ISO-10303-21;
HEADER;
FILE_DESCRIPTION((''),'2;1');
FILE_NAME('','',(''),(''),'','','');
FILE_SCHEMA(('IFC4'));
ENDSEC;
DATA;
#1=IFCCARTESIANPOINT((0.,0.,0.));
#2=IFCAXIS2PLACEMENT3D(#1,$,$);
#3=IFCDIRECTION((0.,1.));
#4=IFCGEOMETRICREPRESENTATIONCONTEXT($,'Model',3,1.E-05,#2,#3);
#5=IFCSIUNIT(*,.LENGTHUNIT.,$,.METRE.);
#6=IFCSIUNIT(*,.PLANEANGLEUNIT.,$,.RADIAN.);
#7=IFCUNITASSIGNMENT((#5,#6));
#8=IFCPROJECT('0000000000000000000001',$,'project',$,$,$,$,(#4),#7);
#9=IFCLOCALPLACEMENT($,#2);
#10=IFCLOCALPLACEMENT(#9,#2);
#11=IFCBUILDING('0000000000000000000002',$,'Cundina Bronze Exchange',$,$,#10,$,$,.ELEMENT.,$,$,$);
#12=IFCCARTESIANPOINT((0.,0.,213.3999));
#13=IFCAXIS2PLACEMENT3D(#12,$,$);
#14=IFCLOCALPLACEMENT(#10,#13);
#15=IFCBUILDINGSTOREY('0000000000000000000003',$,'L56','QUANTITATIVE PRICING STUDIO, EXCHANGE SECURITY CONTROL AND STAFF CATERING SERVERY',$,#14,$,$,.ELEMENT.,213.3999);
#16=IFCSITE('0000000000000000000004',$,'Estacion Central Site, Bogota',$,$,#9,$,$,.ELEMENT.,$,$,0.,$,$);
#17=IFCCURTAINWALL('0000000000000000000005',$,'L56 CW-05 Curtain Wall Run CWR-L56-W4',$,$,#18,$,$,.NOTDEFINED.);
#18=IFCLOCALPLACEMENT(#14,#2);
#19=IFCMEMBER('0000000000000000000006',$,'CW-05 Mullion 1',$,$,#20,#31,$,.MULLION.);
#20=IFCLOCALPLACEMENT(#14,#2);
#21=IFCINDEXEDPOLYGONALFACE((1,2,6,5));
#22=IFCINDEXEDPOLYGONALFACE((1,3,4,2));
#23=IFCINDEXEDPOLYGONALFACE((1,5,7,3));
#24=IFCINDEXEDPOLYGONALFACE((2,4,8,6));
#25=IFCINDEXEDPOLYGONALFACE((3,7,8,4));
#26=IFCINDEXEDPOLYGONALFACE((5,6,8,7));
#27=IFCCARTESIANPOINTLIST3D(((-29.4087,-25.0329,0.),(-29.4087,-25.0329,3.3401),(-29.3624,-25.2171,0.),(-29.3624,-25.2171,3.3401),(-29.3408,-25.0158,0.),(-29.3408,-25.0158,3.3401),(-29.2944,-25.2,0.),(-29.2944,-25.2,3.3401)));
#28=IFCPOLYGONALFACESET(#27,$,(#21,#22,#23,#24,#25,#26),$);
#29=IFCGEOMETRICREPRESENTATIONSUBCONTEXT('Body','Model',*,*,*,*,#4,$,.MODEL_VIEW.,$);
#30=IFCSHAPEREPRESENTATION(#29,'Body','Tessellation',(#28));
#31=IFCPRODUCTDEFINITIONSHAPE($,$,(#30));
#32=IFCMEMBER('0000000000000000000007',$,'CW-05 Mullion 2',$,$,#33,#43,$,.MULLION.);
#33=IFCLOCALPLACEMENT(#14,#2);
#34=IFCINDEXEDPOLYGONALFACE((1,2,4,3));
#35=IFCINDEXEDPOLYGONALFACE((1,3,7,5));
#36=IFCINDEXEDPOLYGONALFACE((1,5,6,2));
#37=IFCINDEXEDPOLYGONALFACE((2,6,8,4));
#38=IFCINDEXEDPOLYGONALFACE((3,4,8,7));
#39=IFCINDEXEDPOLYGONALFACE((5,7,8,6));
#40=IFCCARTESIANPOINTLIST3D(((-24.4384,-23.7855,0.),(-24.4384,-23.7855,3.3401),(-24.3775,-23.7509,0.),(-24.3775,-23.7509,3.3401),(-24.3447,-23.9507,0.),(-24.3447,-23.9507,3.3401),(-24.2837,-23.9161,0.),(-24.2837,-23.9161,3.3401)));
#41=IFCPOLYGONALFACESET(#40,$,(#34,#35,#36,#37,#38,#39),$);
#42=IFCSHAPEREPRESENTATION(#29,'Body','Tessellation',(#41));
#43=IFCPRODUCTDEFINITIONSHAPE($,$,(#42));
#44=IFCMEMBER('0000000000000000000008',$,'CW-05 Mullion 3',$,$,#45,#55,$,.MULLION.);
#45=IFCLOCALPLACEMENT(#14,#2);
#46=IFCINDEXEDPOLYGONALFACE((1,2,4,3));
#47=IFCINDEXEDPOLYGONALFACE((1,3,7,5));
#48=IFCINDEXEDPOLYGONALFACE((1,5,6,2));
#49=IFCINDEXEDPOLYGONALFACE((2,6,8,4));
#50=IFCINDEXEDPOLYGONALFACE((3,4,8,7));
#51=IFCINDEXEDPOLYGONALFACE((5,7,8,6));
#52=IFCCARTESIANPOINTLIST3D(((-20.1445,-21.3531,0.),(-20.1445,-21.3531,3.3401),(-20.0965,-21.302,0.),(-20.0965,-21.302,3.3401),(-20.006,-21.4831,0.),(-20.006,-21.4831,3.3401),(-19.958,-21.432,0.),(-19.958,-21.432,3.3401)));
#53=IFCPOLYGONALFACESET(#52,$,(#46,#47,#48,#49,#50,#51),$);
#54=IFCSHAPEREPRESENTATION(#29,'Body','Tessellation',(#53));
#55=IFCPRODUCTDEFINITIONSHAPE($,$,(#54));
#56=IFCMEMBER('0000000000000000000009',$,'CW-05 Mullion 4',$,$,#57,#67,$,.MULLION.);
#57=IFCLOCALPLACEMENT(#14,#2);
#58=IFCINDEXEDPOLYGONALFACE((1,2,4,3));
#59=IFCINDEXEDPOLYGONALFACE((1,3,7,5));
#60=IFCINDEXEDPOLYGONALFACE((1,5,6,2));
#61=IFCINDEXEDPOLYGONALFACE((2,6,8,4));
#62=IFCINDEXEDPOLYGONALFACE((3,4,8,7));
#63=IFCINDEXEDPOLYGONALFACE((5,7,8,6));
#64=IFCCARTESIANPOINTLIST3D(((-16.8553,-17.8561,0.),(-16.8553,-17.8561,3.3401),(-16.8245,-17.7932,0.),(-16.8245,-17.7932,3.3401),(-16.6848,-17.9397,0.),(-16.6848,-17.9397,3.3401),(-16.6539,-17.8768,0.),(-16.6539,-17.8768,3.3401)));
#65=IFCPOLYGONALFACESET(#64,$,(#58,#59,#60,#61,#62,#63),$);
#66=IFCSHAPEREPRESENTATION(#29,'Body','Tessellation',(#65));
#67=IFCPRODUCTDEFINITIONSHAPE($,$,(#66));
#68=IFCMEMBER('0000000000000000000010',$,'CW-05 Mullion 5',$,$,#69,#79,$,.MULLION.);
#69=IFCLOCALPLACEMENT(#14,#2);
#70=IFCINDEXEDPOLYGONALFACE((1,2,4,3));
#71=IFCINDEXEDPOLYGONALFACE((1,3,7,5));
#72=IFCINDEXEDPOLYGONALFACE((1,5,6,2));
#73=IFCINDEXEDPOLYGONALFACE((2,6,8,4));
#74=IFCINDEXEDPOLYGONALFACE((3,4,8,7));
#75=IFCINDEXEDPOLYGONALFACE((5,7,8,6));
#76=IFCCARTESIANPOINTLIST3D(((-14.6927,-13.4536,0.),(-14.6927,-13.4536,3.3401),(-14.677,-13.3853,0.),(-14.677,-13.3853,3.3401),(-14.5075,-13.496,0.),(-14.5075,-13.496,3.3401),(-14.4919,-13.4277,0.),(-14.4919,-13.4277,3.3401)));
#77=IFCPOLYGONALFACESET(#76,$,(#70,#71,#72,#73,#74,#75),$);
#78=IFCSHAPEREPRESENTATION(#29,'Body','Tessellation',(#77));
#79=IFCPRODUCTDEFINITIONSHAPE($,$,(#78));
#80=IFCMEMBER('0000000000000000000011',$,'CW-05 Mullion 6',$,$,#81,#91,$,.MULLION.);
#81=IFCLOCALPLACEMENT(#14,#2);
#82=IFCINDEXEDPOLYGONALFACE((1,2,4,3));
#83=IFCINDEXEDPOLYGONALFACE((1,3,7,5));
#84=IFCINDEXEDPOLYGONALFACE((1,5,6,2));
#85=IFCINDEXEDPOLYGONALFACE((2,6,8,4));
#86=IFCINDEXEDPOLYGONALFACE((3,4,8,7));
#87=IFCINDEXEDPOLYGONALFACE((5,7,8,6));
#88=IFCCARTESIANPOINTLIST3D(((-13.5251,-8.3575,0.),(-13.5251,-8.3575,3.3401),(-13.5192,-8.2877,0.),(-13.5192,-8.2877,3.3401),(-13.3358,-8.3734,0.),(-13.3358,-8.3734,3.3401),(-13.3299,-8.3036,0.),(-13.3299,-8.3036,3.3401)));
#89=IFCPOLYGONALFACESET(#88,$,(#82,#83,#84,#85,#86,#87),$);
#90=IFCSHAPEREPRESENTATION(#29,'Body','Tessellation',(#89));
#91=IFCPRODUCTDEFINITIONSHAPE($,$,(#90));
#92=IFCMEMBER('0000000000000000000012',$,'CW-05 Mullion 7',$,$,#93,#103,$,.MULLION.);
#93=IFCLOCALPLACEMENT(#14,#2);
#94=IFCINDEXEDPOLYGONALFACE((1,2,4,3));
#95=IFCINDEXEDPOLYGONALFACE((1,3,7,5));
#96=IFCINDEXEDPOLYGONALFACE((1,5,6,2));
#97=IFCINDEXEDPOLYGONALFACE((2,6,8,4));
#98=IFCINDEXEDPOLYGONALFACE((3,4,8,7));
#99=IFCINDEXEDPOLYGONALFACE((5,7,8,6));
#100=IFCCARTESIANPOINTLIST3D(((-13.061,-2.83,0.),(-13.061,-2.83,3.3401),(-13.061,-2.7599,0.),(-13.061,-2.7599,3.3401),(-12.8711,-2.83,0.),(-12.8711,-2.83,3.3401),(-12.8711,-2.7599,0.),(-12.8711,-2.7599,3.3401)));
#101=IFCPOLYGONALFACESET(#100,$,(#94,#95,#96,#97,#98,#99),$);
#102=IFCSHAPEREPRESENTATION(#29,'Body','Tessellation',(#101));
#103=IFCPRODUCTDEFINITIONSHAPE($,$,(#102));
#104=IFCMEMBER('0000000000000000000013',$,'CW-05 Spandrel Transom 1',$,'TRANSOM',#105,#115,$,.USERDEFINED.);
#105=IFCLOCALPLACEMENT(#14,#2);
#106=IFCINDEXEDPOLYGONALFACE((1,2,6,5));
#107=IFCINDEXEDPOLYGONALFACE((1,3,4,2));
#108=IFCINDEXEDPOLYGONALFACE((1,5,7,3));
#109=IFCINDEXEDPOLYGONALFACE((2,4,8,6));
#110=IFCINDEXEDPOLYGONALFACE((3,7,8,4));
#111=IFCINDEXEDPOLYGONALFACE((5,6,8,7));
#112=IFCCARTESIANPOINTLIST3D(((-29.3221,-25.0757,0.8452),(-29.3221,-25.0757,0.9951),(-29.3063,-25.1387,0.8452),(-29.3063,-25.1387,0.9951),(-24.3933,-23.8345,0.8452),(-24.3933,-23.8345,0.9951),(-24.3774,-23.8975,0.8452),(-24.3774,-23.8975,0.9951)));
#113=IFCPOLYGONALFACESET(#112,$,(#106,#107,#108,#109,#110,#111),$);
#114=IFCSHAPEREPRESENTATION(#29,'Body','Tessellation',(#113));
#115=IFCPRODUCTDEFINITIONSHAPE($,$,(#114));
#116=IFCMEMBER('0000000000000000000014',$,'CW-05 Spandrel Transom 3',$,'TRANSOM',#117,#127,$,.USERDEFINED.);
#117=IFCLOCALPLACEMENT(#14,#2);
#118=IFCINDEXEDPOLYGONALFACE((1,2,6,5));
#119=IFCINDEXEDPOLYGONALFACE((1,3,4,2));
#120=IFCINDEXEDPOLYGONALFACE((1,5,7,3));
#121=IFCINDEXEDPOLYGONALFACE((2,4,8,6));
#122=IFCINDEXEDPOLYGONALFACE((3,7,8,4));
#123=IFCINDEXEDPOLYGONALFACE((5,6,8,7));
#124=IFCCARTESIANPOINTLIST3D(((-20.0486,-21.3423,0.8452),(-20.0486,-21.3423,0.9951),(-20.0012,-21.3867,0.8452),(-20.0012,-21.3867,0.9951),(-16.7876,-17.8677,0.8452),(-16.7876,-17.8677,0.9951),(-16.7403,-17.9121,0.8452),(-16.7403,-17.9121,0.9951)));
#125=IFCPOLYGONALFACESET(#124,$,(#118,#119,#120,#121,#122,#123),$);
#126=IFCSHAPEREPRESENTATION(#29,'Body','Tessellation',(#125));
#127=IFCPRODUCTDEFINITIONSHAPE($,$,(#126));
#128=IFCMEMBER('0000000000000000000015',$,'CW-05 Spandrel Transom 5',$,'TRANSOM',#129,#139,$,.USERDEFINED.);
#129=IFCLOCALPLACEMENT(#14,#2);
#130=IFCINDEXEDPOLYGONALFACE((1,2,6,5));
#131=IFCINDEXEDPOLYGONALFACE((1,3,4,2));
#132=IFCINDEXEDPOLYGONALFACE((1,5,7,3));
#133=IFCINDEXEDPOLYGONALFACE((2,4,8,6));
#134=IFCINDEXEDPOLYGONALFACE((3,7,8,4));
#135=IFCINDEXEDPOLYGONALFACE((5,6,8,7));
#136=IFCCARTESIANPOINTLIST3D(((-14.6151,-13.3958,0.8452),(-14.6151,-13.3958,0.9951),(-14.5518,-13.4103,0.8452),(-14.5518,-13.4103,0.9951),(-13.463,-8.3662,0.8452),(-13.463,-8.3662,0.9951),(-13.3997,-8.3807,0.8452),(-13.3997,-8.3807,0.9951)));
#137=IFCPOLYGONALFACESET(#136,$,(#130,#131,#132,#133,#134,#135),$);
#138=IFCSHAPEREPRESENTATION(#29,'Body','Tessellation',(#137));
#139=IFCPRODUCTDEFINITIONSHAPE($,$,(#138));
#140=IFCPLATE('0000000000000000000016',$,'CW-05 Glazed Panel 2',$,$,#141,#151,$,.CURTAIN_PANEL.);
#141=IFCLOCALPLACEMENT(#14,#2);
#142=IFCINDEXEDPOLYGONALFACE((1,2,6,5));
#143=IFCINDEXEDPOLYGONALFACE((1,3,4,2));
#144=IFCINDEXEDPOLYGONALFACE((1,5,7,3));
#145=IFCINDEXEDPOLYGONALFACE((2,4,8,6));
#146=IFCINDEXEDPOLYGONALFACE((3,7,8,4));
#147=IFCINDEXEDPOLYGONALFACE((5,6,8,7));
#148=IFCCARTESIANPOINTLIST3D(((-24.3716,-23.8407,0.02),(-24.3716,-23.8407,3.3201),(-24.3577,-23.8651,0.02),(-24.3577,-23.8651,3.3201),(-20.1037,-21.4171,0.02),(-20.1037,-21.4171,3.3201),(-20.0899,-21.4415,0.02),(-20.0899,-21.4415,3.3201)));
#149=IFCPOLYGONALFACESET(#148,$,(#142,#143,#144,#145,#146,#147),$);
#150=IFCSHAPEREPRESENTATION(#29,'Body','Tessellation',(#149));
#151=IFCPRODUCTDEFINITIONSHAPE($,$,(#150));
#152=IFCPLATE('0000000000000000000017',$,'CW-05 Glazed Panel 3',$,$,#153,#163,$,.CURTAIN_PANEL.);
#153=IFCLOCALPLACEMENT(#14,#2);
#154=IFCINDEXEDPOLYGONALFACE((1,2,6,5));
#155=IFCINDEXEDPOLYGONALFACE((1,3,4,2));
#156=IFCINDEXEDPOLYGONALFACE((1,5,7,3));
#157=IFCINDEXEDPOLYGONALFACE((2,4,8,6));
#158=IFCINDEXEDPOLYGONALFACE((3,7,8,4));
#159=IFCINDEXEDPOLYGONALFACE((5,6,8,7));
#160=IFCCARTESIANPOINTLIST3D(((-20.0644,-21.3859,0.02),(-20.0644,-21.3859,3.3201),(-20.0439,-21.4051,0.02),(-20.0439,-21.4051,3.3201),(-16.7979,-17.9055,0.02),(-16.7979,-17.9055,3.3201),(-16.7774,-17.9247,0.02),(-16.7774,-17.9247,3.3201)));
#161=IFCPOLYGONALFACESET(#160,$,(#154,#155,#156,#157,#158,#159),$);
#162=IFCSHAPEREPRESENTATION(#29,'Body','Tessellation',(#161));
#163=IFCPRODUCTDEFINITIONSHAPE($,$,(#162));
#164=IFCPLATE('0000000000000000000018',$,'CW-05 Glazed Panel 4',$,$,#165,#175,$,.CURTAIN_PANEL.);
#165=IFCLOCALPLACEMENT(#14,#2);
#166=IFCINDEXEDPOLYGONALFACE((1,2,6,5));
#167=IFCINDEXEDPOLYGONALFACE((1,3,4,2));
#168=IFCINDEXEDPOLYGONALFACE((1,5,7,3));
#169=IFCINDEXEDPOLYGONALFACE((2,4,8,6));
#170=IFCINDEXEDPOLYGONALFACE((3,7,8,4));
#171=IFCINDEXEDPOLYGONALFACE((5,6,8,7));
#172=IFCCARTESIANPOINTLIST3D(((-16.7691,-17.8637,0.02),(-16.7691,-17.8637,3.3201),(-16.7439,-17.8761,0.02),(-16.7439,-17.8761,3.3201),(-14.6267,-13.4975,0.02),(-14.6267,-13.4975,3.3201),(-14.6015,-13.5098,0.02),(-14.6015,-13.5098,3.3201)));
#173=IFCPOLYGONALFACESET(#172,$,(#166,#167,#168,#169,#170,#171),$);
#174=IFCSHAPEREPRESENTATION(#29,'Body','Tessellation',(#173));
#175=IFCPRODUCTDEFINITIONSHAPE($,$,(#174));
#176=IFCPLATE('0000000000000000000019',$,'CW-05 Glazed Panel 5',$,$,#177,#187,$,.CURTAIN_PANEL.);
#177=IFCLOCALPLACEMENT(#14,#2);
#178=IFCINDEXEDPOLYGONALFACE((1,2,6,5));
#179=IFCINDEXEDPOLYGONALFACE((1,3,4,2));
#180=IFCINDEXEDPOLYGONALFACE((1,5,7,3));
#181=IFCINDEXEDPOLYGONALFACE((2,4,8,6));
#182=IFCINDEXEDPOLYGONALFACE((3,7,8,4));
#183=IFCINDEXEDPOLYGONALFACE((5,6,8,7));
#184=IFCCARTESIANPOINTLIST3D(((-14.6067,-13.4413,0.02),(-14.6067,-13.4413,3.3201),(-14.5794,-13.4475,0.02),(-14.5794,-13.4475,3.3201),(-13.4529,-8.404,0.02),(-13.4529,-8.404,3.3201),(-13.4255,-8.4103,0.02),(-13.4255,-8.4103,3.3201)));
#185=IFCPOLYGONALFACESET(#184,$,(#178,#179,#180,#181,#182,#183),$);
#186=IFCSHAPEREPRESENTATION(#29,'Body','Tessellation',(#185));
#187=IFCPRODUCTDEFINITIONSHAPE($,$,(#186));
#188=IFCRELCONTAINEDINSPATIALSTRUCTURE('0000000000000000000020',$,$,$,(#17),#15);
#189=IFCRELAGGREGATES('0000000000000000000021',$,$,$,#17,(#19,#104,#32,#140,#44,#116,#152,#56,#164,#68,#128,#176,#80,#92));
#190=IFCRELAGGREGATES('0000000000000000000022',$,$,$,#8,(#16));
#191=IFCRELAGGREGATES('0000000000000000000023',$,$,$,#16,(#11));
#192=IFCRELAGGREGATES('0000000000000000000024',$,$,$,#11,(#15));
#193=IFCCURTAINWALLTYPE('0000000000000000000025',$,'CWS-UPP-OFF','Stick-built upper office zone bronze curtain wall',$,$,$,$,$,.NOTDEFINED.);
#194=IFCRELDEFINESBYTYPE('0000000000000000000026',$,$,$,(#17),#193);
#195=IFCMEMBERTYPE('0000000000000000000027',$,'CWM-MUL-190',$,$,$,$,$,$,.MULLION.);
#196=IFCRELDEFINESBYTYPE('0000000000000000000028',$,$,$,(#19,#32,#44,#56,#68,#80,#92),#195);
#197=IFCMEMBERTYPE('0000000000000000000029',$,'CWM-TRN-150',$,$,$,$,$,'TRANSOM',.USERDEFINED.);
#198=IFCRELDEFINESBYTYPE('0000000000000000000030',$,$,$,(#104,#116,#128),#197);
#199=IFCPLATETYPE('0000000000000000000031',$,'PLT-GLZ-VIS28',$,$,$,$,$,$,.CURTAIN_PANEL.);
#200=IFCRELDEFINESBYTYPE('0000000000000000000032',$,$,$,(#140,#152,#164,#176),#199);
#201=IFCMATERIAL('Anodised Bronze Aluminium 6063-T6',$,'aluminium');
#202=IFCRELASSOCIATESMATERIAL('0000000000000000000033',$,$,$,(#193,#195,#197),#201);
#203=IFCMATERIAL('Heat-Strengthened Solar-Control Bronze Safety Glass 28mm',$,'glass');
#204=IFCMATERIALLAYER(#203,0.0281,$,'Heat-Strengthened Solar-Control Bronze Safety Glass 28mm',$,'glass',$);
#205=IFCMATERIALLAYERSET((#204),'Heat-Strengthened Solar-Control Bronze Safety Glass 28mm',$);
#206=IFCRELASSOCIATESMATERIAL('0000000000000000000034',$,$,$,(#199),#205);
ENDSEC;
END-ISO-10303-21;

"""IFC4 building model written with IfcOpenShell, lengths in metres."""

from ifc_helpers import new_model, si_unit, direction, frame, origin, origin_2d, place, context, subcontext, project, spatial, rectangle, extrude, material, layer, layer_set, material_profile, profile_set, type_object, element, aggregate, save


model = new_model("IFC4")

# Units and contexts
model_context = context("Model", 3, precision=1e-05, world=origin(), true_north=direction((0.0, 1.0)))
body_context = subcontext(model_context, "Body", "Model", "MODEL_VIEW")
ifc_project = project(units=[si_unit("LENGTHUNIT", "METRE"), si_unit("PLANEANGLEUNIT", "RADIAN")], contexts=[model_context])

# Site, building, storey
site_placement = place(None, origin())
site = spatial("IfcSite", under=ifc_project, at=site_placement, Name="Estacion Central Site, Bogota", CompositionType="ELEMENT", RefElevation=0.0)
building_placement = place(site_placement, origin())
building = spatial("IfcBuilding", under=site, at=building_placement, Name="Cundina Bronze Exchange", CompositionType="ELEMENT")
storey_placement = place(building_placement, frame((0.0, 0.0, 213.3999)))
storey = spatial("IfcBuildingStorey", under=building, at=storey_placement, Name="L56", Description="QUANTITATIVE PRICING STUDIO, EXCHANGE SECURITY CONTROL AND STAFF CATERING SERVERY", CompositionType="ELEMENT", Elevation=213.3999)

# Shared definitions
ifc_material_1 = material(Name="Anodised Bronze Aluminium 6063-T6", Category="aluminium")
curtain_wall_type = type_object("IfcCurtainWallType", Name="CWS-UPP-OFF", Description="Stick-built upper office zone bronze curtain wall", PredefinedType="NOTDEFINED", material=ifc_material_1)
ifc_material_profile_1 = material_profile(ifc_material_1, rectangle(XDim=0.0701, YDim=0.1899, at=origin_2d()), Name="AL70X190", Category="aluminium")
ifc_profile_set_1 = profile_set([ifc_material_profile_1], Name="Anodised Bronze Aluminium 6063-T6")
member_type_1 = type_object("IfcMemberType", Name="CWM-MUL-190", PredefinedType="MULLION", material=ifc_profile_set_1)

# Curtain wall, members, plates
curtain_wall_1_placement = place(storey_placement, origin())
curtain_wall_1 = element("IfcCurtainWall", 1, at=curtain_wall_1_placement, inside=storey, type_object=curtain_wall_type, Name="L56 CW-05 Curtain Wall Run CWR-L56-W4", PredefinedType="NOTDEFINED")
member_1_placement = place(storey_placement, frame((-29.3516, -25.1165, 0.0), z_axis=(0.0, 0.0, 1.0), x_axis=(0.969744, 0.244123, 0.0)))
member_1 = element("IfcMember", 2, at=member_1_placement, type_object=member_type_1, Name="CW-05 Mullion 1", PredefinedType="MULLION", context=body_context, shape_type="SweptSolid", body=[
    extrude(rectangle(XDim=0.0701, YDim=0.1899, at=origin_2d()), origin(), (0.0, 0.0, 1.0), 3.3401),
])
member_2_placement = place(storey_placement, frame((-24.3611, -23.8508, 0.0), z_axis=(0.0, 0.0, 1.0), x_axis=(0.869581, 0.49379, 0.0)))
member_2 = element("IfcMember", 3, at=member_2_placement, type_object=member_type_1, Name="CW-05 Mullion 2", PredefinedType="MULLION", context=body_context, shape_type="SweptSolid", body=[
    extrude(rectangle(XDim=0.0701, YDim=0.1899, at=origin_2d()), origin(), (0.0, 0.0, 1.0), 3.3401),
])
member_3_placement = place(storey_placement, frame((-20.0513, -21.3926, 0.0), z_axis=(0.0, 0.0, 1.0), x_axis=(0.684293, 0.729208, 0.0)))
member_3 = element("IfcMember", 4, at=member_3_placement, type_object=member_type_1, Name="CW-05 Mullion 3", PredefinedType="MULLION", context=body_context, shape_type="SweptSolid", body=[
    extrude(rectangle(XDim=0.0701, YDim=0.1899, at=origin_2d()), origin(), (0.0, 0.0, 1.0), 3.3401),
])
member_4_placement = place(storey_placement, frame((-16.7546, -17.8665, 0.0), z_axis=(0.0, 0.0, 1.0), x_axis=(0.440566, 0.89772, 0.0)))
member_4 = element("IfcMember", 5, at=member_4_placement, type_object=member_type_1, Name="CW-05 Mullion 4", PredefinedType="MULLION", context=body_context, shape_type="SweptSolid", body=[
    extrude(rectangle(XDim=0.0701, YDim=0.1899, at=origin_2d()), origin(), (0.0, 0.0, 1.0), 3.3401),
])
member_5_placement = place(storey_placement, frame((-14.5923, -13.4407, 0.0), z_axis=(0.0, 0.0, 1.0), x_axis=(0.22325, 0.974761, 0.0)))
member_5 = element("IfcMember", 6, at=member_5_placement, type_object=member_type_1, Name="CW-05 Mullion 5", PredefinedType="MULLION", context=body_context, shape_type="SweptSolid", body=[
    extrude(rectangle(XDim=0.0701, YDim=0.1899, at=origin_2d()), origin(), (0.0, 0.0, 1.0), 3.3401),
])
member_6_placement = place(storey_placement, frame((-13.4275, -8.3306, 0.0), z_axis=(0.0, 0.0, 1.0), x_axis=(0.083678, 0.996493, 0.0)))
member_6 = element("IfcMember", 7, at=member_6_placement, type_object=member_type_1, Name="CW-05 Mullion 6", PredefinedType="MULLION", context=body_context, shape_type="SweptSolid", body=[
    extrude(rectangle(XDim=0.0701, YDim=0.1899, at=origin_2d()), origin(), (0.0, 0.0, 1.0), 3.3401),
])
member_7_placement = place(storey_placement, frame((-12.9661, -2.7949, 0.0), z_axis=(0.0, 0.0, 1.0), x_axis=(0.0, 1.0, 0.0)))
member_7 = element("IfcMember", 8, at=member_7_placement, type_object=member_type_1, Name="CW-05 Mullion 7", PredefinedType="MULLION", context=body_context, shape_type="SweptSolid", body=[
    extrude(rectangle(XDim=0.0701, YDim=0.1899, at=origin_2d()), origin(), (0.0, 0.0, 1.0), 3.3401),
])
ifc_material_profile_2 = material_profile(ifc_material_1, rectangle(XDim=0.0649, YDim=0.1499, at=origin_2d()), Name="AL65X150", Category="aluminium")
ifc_profile_set_2 = profile_set([ifc_material_profile_2], Name="Anodised Bronze Aluminium 6063-T6")
member_type_2 = type_object("IfcMemberType", Name="CWM-TRN-150", ElementType="TRANSOM", PredefinedType="USERDEFINED", material=ifc_profile_set_2)
member_8_placement = place(storey_placement, frame((-29.3142, -25.1072, 0.9202), z_axis=(0.969726, 0.244197, 0.0), x_axis=(-0.244197, 0.969726, 0.0)))
member_8 = element("IfcMember", 9, at=member_8_placement, type_object=member_type_2, Name="CW-05 Spandrel Transom 1", ObjectType="TRANSOM", PredefinedType="USERDEFINED", context=body_context, shape_type="SweptSolid", body=[
    extrude(rectangle(XDim=0.0649, YDim=0.1499, at=origin_2d()), origin(), (0.0, 0.0, 1.0), 5.0828),
])
member_9_placement = place(storey_placement, frame((-20.0249, -21.3645, 0.9202), z_axis=(0.684336, 0.729166, 0.0), x_axis=(-0.729166, 0.684336, 0.0)))
member_9 = element("IfcMember", 10, at=member_9_placement, type_object=member_type_2, Name="CW-05 Spandrel Transom 3", ObjectType="TRANSOM", PredefinedType="USERDEFINED", context=body_context, shape_type="SweptSolid", body=[
    extrude(rectangle(XDim=0.0649, YDim=0.1499, at=origin_2d()), origin(), (0.0, 0.0, 1.0), 4.7651),
])
member_10_placement = place(storey_placement, frame((-14.5835, -13.4031, 0.9202), z_axis=(0.223283, 0.974754, 0.0), x_axis=(-0.974754, 0.223283, 0.0)))
member_10 = element("IfcMember", 11, at=member_10_placement, type_object=member_type_2, Name="CW-05 Spandrel Transom 5", ObjectType="TRANSOM", PredefinedType="USERDEFINED", context=body_context, shape_type="SweptSolid", body=[
    extrude(rectangle(XDim=0.0649, YDim=0.1499, at=origin_2d()), origin(), (0.0, 0.0, 1.0), 5.1599),
])
ifc_material_2 = material(Name="Heat-Strengthened Solar-Control Bronze Safety Glass 28mm", Category="glass")
ifc_layer_1 = layer(ifc_material_2, 0.0281, Name="Heat-Strengthened Solar-Control Bronze Safety Glass 28mm", Category="glass")
ifc_layer_set_1 = layer_set([ifc_layer_1], Name="Heat-Strengthened Solar-Control Bronze Safety Glass 28mm")
plate_type_1 = type_object("IfcPlateType", Name="PLT-GLZ-VIS28", PredefinedType="CURTAIN_PANEL", material=ifc_layer_set_1)
plate_1_placement = place(storey_placement, frame((-22.2307, -22.6411, 0.02), z_axis=(0.0, 0.0, 1.0), x_axis=(0.869573, 0.493805, 0.0)))
plate_1 = element("IfcPlate", 12, at=plate_1_placement, type_object=plate_type_1, Name="CW-05 Glazed Panel 2", PredefinedType="CURTAIN_PANEL", context=body_context, shape_type="SweptSolid", body=[
    extrude(rectangle(XDim=4.908, YDim=0.0281, at=origin_2d()), origin(), (0.0, 0.0, 1.0), 3.3),
])
plate_2_placement = place(storey_placement, frame((-18.4209, -19.6553, 0.02), z_axis=(0.0, 0.0, 1.0), x_axis=(0.684344, 0.72916, 0.0)))
plate_2 = element("IfcPlate", 13, at=plate_2_placement, type_object=plate_type_1, Name="CW-05 Glazed Panel 3", PredefinedType="CURTAIN_PANEL", context=body_context, shape_type="SweptSolid", body=[
    extrude(rectangle(XDim=4.7732, YDim=0.0281, at=origin_2d()), origin(), (0.0, 0.0, 1.0), 3.3),
])
plate_3_placement = place(storey_placement, frame((-15.6853, -15.6868, 0.02), z_axis=(0.0, 0.0, 1.0), x_axis=(0.440503, 0.897751, 0.0)))
plate_3 = element("IfcPlate", 14, at=plate_3_placement, type_object=plate_type_1, Name="CW-05 Glazed Panel 4", PredefinedType="CURTAIN_PANEL", context=body_context, shape_type="SweptSolid", body=[
    extrude(rectangle(XDim=4.8635, YDim=0.0281, at=origin_2d()), origin(), (0.0, 0.0, 1.0), 3.3),
])
plate_4_placement = place(storey_placement, frame((-14.0161, -10.9258, 0.02), z_axis=(0.0, 0.0, 1.0), x_axis=(0.223284, 0.974753, 0.0)))
plate_4 = element("IfcPlate", 15, at=plate_4_placement, type_object=plate_type_1, Name="CW-05 Glazed Panel 5", PredefinedType="CURTAIN_PANEL", context=body_context, shape_type="SweptSolid", body=[
    extrude(rectangle(XDim=5.1677, YDim=0.0281, at=origin_2d()), origin(), (0.0, 0.0, 1.0), 3.3),
])
aggregate(curtain_wall_1, [member_1, member_8, member_2, plate_1, member_3, member_9, plate_2, member_4, plate_3, member_5, member_10, plate_4, member_6, member_7])

save(model, "model.ifc")
